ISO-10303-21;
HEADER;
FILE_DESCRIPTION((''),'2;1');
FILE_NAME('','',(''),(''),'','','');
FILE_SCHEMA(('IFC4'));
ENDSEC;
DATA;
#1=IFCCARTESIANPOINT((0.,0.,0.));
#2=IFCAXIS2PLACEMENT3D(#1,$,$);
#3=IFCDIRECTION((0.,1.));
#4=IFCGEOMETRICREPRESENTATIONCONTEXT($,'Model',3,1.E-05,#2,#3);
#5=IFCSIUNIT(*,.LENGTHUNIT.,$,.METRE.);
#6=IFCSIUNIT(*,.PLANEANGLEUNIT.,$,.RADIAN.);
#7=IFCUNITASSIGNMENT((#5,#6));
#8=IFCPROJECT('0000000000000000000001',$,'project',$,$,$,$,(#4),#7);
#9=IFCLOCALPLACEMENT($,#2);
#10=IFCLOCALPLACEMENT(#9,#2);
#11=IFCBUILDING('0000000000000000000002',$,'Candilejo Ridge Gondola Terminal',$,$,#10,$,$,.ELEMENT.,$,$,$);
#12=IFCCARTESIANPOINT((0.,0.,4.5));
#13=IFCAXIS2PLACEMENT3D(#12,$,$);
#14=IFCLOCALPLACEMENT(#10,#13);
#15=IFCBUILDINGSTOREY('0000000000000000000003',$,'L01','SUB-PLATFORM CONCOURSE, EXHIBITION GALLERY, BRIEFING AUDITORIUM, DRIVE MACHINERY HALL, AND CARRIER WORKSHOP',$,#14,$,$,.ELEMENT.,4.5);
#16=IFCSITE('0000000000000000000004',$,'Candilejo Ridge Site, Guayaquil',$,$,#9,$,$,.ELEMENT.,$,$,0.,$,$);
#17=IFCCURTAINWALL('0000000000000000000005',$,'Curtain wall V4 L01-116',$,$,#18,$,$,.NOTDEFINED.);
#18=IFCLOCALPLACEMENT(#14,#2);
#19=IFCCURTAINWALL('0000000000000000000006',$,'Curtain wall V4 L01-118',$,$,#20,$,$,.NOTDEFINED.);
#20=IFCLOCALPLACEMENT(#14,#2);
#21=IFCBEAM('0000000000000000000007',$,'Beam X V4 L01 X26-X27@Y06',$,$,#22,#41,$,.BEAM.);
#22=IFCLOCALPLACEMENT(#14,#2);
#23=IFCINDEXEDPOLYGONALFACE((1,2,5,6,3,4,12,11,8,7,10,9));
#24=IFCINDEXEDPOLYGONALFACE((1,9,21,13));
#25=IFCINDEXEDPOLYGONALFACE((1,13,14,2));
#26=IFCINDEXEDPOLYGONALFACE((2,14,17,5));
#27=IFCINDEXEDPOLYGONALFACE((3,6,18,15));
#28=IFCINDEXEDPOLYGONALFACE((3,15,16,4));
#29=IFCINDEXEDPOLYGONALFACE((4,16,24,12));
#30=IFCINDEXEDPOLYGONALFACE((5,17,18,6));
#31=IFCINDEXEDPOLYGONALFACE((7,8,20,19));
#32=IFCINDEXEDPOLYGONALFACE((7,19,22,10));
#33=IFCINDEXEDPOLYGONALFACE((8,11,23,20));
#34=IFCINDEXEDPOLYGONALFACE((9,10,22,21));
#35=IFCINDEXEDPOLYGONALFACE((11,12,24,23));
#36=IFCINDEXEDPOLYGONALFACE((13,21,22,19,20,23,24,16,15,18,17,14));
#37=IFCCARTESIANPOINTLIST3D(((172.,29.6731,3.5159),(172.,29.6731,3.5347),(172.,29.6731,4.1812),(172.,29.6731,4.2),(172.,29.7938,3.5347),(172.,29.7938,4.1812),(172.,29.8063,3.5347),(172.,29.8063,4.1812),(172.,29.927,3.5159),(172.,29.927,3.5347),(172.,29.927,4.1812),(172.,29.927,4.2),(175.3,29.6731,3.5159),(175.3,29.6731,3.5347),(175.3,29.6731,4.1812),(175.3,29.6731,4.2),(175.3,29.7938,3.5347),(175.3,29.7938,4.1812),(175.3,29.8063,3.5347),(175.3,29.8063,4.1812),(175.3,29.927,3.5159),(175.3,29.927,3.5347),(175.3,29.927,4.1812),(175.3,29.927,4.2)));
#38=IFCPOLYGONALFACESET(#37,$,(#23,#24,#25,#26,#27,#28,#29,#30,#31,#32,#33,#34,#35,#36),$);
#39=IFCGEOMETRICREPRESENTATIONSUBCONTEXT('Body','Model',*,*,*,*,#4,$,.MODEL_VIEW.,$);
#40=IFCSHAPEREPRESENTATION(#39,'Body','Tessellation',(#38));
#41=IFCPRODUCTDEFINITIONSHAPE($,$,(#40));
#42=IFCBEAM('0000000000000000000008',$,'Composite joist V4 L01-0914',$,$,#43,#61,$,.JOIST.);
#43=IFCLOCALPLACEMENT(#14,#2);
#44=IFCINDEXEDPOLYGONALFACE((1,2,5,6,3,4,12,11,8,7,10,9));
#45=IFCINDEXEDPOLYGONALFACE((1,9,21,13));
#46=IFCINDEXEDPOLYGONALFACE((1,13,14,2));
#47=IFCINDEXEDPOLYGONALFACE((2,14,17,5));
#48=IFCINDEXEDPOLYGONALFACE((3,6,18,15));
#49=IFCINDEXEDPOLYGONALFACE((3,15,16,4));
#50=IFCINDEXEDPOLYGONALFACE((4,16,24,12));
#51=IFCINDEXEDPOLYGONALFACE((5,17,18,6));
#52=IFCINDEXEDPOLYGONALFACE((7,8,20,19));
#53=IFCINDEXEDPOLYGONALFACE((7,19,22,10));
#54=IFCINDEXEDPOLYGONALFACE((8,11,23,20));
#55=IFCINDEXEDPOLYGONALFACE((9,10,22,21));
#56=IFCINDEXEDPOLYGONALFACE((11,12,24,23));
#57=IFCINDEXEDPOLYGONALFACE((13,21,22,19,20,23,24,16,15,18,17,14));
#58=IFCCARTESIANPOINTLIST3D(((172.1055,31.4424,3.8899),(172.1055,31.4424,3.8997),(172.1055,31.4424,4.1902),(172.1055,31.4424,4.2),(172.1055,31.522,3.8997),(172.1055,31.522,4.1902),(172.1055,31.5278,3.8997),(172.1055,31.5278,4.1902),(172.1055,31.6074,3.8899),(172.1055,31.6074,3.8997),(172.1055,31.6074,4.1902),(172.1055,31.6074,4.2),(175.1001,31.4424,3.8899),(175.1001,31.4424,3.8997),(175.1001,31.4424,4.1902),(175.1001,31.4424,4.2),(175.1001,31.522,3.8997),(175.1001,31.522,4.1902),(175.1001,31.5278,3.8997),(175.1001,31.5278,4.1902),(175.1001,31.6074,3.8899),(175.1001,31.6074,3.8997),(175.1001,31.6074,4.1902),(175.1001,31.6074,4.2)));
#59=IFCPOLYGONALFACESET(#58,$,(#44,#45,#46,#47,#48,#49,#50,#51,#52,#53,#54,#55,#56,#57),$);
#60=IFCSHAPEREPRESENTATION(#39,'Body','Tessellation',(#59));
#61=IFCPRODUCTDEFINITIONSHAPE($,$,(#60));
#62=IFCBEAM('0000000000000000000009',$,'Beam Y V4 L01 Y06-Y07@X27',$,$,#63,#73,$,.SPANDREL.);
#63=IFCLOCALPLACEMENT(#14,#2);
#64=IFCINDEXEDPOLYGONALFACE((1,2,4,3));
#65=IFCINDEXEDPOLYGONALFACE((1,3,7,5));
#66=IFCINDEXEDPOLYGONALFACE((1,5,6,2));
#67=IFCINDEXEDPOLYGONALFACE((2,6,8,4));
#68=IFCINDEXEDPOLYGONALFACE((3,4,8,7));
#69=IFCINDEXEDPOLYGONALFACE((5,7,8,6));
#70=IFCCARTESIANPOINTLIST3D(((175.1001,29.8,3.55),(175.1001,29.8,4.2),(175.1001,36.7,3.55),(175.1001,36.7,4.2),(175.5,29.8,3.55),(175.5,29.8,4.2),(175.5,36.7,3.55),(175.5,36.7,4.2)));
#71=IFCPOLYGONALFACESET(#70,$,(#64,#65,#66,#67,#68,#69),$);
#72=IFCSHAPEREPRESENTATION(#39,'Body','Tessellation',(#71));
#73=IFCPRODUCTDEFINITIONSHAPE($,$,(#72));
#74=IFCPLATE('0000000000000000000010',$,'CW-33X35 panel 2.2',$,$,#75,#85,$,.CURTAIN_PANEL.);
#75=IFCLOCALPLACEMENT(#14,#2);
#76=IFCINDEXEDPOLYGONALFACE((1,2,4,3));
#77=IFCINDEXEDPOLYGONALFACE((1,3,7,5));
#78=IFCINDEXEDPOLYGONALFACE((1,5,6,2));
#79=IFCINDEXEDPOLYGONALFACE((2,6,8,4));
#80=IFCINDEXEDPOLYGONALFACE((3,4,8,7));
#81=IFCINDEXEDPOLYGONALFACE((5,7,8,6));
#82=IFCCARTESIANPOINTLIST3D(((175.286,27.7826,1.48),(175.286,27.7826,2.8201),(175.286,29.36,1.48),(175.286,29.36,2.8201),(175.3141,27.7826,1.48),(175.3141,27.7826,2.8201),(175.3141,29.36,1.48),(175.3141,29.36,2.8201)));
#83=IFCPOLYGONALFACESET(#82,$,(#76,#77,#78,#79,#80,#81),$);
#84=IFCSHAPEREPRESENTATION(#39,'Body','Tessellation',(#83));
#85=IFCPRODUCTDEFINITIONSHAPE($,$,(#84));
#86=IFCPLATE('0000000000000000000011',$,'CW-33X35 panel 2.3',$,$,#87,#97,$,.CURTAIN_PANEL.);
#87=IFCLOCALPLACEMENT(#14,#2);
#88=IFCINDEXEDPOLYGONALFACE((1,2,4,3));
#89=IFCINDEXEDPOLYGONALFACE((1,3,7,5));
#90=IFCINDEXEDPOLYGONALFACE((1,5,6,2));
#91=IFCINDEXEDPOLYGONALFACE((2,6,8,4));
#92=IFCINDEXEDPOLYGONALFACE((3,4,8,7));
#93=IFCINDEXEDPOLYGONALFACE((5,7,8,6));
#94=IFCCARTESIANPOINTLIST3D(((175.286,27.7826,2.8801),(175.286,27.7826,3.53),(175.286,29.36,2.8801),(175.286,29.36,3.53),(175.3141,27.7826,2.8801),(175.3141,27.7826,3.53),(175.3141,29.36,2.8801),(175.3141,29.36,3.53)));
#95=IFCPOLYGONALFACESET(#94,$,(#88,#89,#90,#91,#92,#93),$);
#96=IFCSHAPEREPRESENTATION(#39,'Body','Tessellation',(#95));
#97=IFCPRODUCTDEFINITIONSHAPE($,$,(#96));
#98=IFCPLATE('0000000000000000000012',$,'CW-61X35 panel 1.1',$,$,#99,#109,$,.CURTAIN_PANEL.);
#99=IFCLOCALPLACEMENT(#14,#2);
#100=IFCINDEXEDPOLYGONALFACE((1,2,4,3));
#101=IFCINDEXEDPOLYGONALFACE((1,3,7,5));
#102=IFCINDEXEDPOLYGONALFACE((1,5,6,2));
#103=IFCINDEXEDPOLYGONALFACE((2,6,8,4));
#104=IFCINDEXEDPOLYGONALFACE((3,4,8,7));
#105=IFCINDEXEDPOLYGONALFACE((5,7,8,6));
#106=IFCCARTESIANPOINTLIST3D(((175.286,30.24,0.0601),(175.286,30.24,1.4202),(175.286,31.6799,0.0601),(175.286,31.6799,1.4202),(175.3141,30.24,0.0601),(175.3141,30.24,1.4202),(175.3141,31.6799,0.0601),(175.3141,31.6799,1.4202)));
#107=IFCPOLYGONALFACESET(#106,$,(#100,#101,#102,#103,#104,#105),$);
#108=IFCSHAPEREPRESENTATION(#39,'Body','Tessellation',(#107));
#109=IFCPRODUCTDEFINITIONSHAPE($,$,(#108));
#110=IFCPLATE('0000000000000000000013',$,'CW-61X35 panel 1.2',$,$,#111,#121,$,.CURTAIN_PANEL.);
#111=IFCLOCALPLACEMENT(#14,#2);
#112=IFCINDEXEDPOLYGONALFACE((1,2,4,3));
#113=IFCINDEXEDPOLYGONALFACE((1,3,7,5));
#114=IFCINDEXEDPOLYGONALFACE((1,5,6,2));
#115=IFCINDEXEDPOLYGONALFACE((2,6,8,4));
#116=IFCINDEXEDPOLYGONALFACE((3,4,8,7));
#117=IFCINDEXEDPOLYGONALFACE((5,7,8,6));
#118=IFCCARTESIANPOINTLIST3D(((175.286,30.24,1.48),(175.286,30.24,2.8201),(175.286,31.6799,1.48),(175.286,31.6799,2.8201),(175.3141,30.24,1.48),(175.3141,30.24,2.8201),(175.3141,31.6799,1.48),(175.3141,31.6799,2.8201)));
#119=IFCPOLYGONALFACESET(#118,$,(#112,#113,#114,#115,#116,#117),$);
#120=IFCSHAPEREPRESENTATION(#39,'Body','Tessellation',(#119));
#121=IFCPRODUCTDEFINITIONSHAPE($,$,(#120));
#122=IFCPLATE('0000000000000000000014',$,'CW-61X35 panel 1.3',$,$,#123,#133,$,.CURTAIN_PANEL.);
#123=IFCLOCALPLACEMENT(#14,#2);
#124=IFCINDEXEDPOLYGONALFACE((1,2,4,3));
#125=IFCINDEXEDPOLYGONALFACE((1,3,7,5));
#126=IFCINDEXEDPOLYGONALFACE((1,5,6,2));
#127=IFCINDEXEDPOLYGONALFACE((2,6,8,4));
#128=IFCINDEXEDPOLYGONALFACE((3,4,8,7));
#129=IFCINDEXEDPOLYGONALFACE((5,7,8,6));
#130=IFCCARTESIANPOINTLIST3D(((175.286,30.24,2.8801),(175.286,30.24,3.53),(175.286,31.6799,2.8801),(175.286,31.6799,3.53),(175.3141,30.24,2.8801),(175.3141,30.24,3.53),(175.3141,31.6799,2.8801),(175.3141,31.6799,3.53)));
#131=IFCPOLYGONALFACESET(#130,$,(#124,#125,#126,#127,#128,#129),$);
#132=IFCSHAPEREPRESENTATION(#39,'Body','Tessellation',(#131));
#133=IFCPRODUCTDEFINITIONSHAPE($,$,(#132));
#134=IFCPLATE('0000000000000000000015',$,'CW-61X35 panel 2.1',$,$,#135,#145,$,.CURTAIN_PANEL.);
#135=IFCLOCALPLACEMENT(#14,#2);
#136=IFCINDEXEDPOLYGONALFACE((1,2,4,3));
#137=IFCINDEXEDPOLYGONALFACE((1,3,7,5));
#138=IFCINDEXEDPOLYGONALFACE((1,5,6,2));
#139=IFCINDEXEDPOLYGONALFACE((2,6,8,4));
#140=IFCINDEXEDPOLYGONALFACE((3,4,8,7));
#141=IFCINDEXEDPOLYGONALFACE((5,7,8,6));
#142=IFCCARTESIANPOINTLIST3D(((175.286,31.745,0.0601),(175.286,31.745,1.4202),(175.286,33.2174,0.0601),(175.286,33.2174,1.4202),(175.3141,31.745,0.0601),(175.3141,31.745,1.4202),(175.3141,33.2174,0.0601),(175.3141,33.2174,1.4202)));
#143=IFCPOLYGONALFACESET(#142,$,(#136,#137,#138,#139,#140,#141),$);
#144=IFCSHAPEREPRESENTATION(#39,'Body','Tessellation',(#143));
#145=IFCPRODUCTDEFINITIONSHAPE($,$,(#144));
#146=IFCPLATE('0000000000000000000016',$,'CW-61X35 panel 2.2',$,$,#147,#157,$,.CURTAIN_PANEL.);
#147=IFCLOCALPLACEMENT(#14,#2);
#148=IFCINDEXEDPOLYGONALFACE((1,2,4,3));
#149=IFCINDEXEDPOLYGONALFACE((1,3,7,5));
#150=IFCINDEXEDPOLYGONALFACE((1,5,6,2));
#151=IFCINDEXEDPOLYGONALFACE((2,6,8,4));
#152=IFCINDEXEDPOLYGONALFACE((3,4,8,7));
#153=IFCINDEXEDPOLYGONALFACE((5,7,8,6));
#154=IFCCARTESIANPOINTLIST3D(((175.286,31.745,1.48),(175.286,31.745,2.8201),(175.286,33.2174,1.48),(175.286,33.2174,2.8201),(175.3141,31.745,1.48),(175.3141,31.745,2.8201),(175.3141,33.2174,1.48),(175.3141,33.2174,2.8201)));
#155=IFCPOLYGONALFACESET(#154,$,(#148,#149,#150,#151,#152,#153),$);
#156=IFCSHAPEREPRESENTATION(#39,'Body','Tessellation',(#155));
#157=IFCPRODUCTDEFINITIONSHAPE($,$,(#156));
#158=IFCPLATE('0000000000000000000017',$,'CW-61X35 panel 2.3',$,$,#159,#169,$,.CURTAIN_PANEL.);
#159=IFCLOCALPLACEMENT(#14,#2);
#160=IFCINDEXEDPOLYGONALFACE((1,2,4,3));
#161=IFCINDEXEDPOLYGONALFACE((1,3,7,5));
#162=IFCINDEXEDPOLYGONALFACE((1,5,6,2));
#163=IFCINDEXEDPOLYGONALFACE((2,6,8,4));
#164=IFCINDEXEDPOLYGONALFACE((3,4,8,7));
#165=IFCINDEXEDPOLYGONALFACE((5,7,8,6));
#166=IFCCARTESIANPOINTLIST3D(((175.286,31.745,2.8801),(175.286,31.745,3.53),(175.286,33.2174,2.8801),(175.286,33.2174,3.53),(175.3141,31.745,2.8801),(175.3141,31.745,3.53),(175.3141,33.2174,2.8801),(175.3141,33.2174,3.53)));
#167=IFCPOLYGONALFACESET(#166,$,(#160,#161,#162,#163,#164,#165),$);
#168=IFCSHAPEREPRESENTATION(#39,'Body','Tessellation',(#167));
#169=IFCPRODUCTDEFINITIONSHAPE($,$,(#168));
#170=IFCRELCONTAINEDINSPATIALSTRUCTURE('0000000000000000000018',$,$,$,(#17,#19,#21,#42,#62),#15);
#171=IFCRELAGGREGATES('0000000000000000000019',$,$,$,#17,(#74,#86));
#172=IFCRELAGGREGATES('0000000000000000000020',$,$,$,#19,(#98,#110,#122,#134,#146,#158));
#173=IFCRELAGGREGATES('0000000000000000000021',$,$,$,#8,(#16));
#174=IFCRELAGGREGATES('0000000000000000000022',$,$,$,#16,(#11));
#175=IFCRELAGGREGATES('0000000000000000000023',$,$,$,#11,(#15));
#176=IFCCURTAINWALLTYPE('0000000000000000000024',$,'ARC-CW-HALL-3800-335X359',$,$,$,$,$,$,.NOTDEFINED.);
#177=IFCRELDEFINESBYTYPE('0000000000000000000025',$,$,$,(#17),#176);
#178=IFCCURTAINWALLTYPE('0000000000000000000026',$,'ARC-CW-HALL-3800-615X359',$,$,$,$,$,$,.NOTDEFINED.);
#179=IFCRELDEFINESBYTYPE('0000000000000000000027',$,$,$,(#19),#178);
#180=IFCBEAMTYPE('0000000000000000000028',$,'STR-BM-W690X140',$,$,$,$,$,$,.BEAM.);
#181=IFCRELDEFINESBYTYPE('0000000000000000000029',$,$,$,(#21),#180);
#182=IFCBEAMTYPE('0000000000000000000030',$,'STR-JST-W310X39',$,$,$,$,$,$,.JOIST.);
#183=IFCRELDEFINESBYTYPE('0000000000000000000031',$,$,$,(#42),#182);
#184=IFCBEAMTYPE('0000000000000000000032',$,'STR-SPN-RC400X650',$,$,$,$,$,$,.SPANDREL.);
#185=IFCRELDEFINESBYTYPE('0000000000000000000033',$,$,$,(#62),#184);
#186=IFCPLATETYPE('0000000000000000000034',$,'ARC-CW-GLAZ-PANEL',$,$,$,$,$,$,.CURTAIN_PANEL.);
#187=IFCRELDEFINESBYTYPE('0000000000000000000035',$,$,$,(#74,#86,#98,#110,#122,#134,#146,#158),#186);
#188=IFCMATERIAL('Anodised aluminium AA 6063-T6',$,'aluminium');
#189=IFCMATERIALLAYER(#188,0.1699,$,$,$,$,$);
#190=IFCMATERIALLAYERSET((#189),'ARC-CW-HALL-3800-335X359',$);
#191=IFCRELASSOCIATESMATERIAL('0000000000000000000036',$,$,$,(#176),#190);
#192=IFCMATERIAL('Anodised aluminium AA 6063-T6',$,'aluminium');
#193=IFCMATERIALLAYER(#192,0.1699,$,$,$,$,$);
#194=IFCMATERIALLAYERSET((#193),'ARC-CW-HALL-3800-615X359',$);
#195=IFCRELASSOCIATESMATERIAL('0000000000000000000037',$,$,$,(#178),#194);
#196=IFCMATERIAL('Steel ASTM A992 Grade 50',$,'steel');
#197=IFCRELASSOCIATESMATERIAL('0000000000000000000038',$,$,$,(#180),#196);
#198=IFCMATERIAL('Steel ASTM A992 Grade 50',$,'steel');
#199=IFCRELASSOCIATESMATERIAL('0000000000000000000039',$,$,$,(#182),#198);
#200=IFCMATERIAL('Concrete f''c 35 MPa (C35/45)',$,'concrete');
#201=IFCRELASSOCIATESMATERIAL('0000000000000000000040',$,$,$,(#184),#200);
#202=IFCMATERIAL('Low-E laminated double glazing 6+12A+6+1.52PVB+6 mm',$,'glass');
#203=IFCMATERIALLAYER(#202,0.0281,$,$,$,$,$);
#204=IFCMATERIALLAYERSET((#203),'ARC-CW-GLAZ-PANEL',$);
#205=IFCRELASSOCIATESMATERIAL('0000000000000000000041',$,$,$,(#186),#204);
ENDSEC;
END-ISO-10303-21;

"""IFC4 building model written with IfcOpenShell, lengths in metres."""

from ifc_helpers import new_model, si_unit, direction, frame, origin, origin_2d, place, context, subcontext, project, spatial, rectangle, i_section, extrude, material, layer, layer_set, material_profile, profile_set, type_object, element, aggregate, save


model = new_model("IFC4")

# Units and contexts
model_context = context("Model", 3, precision=1e-05, world=origin(), true_north=direction((0.0, 1.0)))
body_context = subcontext(model_context, "Body", "Model", "MODEL_VIEW")
ifc_project = project(units=[si_unit("LENGTHUNIT", "METRE"), si_unit("PLANEANGLEUNIT", "RADIAN")], contexts=[model_context])

# Site, building, storey
site_placement = place(None, origin())
site = spatial("IfcSite", under=ifc_project, at=site_placement, Name="Candilejo Ridge Site, Guayaquil", CompositionType="ELEMENT", RefElevation=0.0)
building_placement = place(site_placement, origin())
building = spatial("IfcBuilding", under=site, at=building_placement, Name="Candilejo Ridge Gondola Terminal", CompositionType="ELEMENT")
storey_placement = place(building_placement, frame((0.0, 0.0, 4.5)))
storey = spatial("IfcBuildingStorey", under=building, at=storey_placement, Name="L01", Description="SUB-PLATFORM CONCOURSE, EXHIBITION GALLERY, BRIEFING AUDITORIUM, DRIVE MACHINERY HALL, AND CARRIER WORKSHOP", CompositionType="ELEMENT", Elevation=4.5)

# Curtain wall
ifc_material_1 = material(Name="Anodised aluminium AA 6063-T6", Category="aluminium")
ifc_layer_1 = layer(ifc_material_1, 0.1699)
ifc_layer_set_1 = layer_set([ifc_layer_1], Name="ARC-CW-HALL-3800-335X359")
curtain_wall_type_1 = type_object("IfcCurtainWallType", Name="ARC-CW-HALL-3800-335X359", PredefinedType="NOTDEFINED", material=ifc_layer_set_1)
curtain_wall_1_placement = place(storey_placement, origin())
curtain_wall_1 = element("IfcCurtainWall", 1, at=curtain_wall_1_placement, inside=storey, type_object=curtain_wall_type_1, Name="Curtain wall V4 L01-116", PredefinedType="NOTDEFINED")

# Curtain wall
ifc_material_2 = material(Name="Anodised aluminium AA 6063-T6", Category="aluminium")
ifc_layer_2 = layer(ifc_material_2, 0.1699)
ifc_layer_set_2 = layer_set([ifc_layer_2], Name="ARC-CW-HALL-3800-615X359")
curtain_wall_type_2 = type_object("IfcCurtainWallType", Name="ARC-CW-HALL-3800-615X359", PredefinedType="NOTDEFINED", material=ifc_layer_set_2)
curtain_wall_2_placement = place(storey_placement, origin())
curtain_wall_2 = element("IfcCurtainWall", 2, at=curtain_wall_2_placement, inside=storey, type_object=curtain_wall_type_2, Name="Curtain wall V4 L01-118", PredefinedType="NOTDEFINED")

# Beams
ifc_material_3 = material(Name="Steel ASTM A992 Grade 50", Category="steel")
ifc_material_profile_1 = material_profile(ifc_material_3, i_section(OverallWidth=0.2539, OverallDepth=0.6841, WebThickness=0.0125, FlangeThickness=0.0188, at=origin_2d()))
ifc_profile_set_1 = profile_set([ifc_material_profile_1], Name="Steel ASTM A992 Grade 50")
beam_type_1 = type_object("IfcBeamType", Name="STR-BM-W690X140", PredefinedType="BEAM", material=ifc_profile_set_1)
beam_1_placement = place(storey_placement, frame((172.0, 29.8, 3.8579), z_axis=(1.0, 0.0, 0.0), x_axis=(0.0, 1.0, 0.0)))
element("IfcBeam", 3, at=beam_1_placement, inside=storey, type_object=beam_type_1, Name="Beam X V4 L01 X26-X27@Y06", PredefinedType="BEAM", context=body_context, shape_type="SweptSolid", body=[
    extrude(i_section(OverallWidth=0.2539, OverallDepth=0.6841, WebThickness=0.0125, FlangeThickness=0.0188, at=origin_2d()), origin(), (0.0, 0.0, 1.0), 3.3),
])
ifc_material_4 = material(Name="Steel ASTM A992 Grade 50", Category="steel")
ifc_material_profile_2 = material_profile(ifc_material_4, i_section(OverallWidth=0.165, OverallDepth=0.3101, WebThickness=0.0059, FlangeThickness=0.0098, at=origin_2d()))
ifc_profile_set_2 = profile_set([ifc_material_profile_2], Name="Steel ASTM A992 Grade 50")
beam_type_2 = type_object("IfcBeamType", Name="STR-JST-W310X39", PredefinedType="JOIST", material=ifc_profile_set_2)
beam_2_placement = place(storey_placement, frame((172.1055, 31.5249, 4.0449), z_axis=(1.0, 0.0, 0.0), x_axis=(0.0, 1.0, 0.0)))
element("IfcBeam", 4, at=beam_2_placement, inside=storey, type_object=beam_type_2, Name="Composite joist V4 L01-0914", PredefinedType="JOIST", context=body_context, shape_type="SweptSolid", body=[
    extrude(i_section(OverallWidth=0.165, OverallDepth=0.3101, WebThickness=0.0059, FlangeThickness=0.0098, at=origin_2d()), origin(), (0.0, 0.0, 1.0), 2.9946),
])
ifc_material_5 = material(Name="Concrete f'c 35 MPa (C35/45)", Category="concrete")
ifc_material_profile_3 = material_profile(ifc_material_5, rectangle(XDim=0.3999, YDim=0.6499, at=origin_2d()))
ifc_profile_set_3 = profile_set([ifc_material_profile_3], Name="Concrete f'c 35 MPa (C35/45)")
beam_type_3 = type_object("IfcBeamType", Name="STR-SPN-RC400X650", PredefinedType="SPANDREL", material=ifc_profile_set_3)
beam_3_placement = place(storey_placement, frame((175.3, 29.8, 3.875), z_axis=(0.0, 1.0, 0.0), x_axis=(-1.0, 0.0, 0.0)))
element("IfcBeam", 5, at=beam_3_placement, inside=storey, type_object=beam_type_3, Name="Beam Y V4 L01 Y06-Y07@X27", PredefinedType="SPANDREL", context=body_context, shape_type="SweptSolid", body=[
    extrude(rectangle(XDim=0.3999, YDim=0.6499, at=origin_2d()), origin(), (0.0, 0.0, 1.0), 6.8999),
])

# Plates
ifc_material_6 = material(Name="Low-E laminated double glazing 6+12A+6+1.52PVB+6 mm", Category="glass")
ifc_layer_3 = layer(ifc_material_6, 0.0281)
ifc_layer_set_3 = layer_set([ifc_layer_3], Name="ARC-CW-GLAZ-PANEL")
plate_type = type_object("IfcPlateType", Name="ARC-CW-GLAZ-PANEL", PredefinedType="CURTAIN_PANEL", material=ifc_layer_set_3)
plate_1_placement = place(storey_placement, frame((175.3, 28.5713, 1.48), z_axis=(0.0, 0.0, 1.0), x_axis=(0.0, 1.0, 0.0)))
plate_1 = element("IfcPlate", 6, at=plate_1_placement, type_object=plate_type, Name="CW-33X35 panel 2.2", PredefinedType="CURTAIN_PANEL", context=body_context, shape_type="SweptSolid", body=[
    extrude(rectangle(XDim=1.5774, YDim=0.0281, at=origin_2d()), origin(), (0.0, 0.0, 1.0), 1.3401),
])
plate_2_placement = place(storey_placement, frame((175.3, 28.5713, 2.8801), z_axis=(0.0, 0.0, 1.0), x_axis=(0.0, 1.0, 0.0)))
plate_2 = element("IfcPlate", 7, at=plate_2_placement, type_object=plate_type, Name="CW-33X35 panel 2.3", PredefinedType="CURTAIN_PANEL", context=body_context, shape_type="SweptSolid", body=[
    extrude(rectangle(XDim=1.5774, YDim=0.0281, at=origin_2d()), origin(), (0.0, 0.0, 1.0), 0.6499),
])
aggregate(curtain_wall_1, [plate_1, plate_2])
plate_3_placement = place(storey_placement, frame((175.3, 30.96, 0.0601), z_axis=(0.0, 0.0, 1.0), x_axis=(0.0, 1.0, 0.0)))
plate_3 = element("IfcPlate", 8, at=plate_3_placement, type_object=plate_type, Name="CW-61X35 panel 1.1", PredefinedType="CURTAIN_PANEL", context=body_context, shape_type="SweptSolid", body=[
    extrude(rectangle(XDim=1.4399, YDim=0.0281, at=origin_2d()), origin(), (0.0, 0.0, 1.0), 1.3601),
])
plate_4_placement = place(storey_placement, frame((175.3, 30.96, 1.48), z_axis=(0.0, 0.0, 1.0), x_axis=(0.0, 1.0, 0.0)))
plate_4 = element("IfcPlate", 9, at=plate_4_placement, type_object=plate_type, Name="CW-61X35 panel 1.2", PredefinedType="CURTAIN_PANEL", context=body_context, shape_type="SweptSolid", body=[
    extrude(rectangle(XDim=1.4399, YDim=0.0281, at=origin_2d()), origin(), (0.0, 0.0, 1.0), 1.3401),
])
plate_5_placement = place(storey_placement, frame((175.3, 30.96, 2.8801), z_axis=(0.0, 0.0, 1.0), x_axis=(0.0, 1.0, 0.0)))
plate_5 = element("IfcPlate", 10, at=plate_5_placement, type_object=plate_type, Name="CW-61X35 panel 1.3", PredefinedType="CURTAIN_PANEL", context=body_context, shape_type="SweptSolid", body=[
    extrude(rectangle(XDim=1.4399, YDim=0.0281, at=origin_2d()), origin(), (0.0, 0.0, 1.0), 0.6499),
])
plate_6_placement = place(storey_placement, frame((175.3, 32.4812, 0.0601), z_axis=(0.0, 0.0, 1.0), x_axis=(0.0, 1.0, 0.0)))
plate_6 = element("IfcPlate", 11, at=plate_6_placement, type_object=plate_type, Name="CW-61X35 panel 2.1", PredefinedType="CURTAIN_PANEL", context=body_context, shape_type="SweptSolid", body=[
    extrude(rectangle(XDim=1.4724, YDim=0.0281, at=origin_2d()), origin(), (0.0, 0.0, 1.0), 1.3601),
])
plate_7_placement = place(storey_placement, frame((175.3, 32.4812, 1.48), z_axis=(0.0, 0.0, 1.0), x_axis=(0.0, 1.0, 0.0)))
plate_7 = element("IfcPlate", 12, at=plate_7_placement, type_object=plate_type, Name="CW-61X35 panel 2.2", PredefinedType="CURTAIN_PANEL", context=body_context, shape_type="SweptSolid", body=[
    extrude(rectangle(XDim=1.4724, YDim=0.0281, at=origin_2d()), origin(), (0.0, 0.0, 1.0), 1.3401),
])
plate_8_placement = place(storey_placement, frame((175.3, 32.4812, 2.8801), z_axis=(0.0, 0.0, 1.0), x_axis=(0.0, 1.0, 0.0)))
plate_8 = element("IfcPlate", 13, at=plate_8_placement, type_object=plate_type, Name="CW-61X35 panel 2.3", PredefinedType="CURTAIN_PANEL", context=body_context, shape_type="SweptSolid", body=[
    extrude(rectangle(XDim=1.4724, YDim=0.0281, at=origin_2d()), origin(), (0.0, 0.0, 1.0), 0.6499),
])
aggregate(curtain_wall_2, [plate_3, plate_4, plate_5, plate_6, plate_7, plate_8])

save(model, "model.ifc")
